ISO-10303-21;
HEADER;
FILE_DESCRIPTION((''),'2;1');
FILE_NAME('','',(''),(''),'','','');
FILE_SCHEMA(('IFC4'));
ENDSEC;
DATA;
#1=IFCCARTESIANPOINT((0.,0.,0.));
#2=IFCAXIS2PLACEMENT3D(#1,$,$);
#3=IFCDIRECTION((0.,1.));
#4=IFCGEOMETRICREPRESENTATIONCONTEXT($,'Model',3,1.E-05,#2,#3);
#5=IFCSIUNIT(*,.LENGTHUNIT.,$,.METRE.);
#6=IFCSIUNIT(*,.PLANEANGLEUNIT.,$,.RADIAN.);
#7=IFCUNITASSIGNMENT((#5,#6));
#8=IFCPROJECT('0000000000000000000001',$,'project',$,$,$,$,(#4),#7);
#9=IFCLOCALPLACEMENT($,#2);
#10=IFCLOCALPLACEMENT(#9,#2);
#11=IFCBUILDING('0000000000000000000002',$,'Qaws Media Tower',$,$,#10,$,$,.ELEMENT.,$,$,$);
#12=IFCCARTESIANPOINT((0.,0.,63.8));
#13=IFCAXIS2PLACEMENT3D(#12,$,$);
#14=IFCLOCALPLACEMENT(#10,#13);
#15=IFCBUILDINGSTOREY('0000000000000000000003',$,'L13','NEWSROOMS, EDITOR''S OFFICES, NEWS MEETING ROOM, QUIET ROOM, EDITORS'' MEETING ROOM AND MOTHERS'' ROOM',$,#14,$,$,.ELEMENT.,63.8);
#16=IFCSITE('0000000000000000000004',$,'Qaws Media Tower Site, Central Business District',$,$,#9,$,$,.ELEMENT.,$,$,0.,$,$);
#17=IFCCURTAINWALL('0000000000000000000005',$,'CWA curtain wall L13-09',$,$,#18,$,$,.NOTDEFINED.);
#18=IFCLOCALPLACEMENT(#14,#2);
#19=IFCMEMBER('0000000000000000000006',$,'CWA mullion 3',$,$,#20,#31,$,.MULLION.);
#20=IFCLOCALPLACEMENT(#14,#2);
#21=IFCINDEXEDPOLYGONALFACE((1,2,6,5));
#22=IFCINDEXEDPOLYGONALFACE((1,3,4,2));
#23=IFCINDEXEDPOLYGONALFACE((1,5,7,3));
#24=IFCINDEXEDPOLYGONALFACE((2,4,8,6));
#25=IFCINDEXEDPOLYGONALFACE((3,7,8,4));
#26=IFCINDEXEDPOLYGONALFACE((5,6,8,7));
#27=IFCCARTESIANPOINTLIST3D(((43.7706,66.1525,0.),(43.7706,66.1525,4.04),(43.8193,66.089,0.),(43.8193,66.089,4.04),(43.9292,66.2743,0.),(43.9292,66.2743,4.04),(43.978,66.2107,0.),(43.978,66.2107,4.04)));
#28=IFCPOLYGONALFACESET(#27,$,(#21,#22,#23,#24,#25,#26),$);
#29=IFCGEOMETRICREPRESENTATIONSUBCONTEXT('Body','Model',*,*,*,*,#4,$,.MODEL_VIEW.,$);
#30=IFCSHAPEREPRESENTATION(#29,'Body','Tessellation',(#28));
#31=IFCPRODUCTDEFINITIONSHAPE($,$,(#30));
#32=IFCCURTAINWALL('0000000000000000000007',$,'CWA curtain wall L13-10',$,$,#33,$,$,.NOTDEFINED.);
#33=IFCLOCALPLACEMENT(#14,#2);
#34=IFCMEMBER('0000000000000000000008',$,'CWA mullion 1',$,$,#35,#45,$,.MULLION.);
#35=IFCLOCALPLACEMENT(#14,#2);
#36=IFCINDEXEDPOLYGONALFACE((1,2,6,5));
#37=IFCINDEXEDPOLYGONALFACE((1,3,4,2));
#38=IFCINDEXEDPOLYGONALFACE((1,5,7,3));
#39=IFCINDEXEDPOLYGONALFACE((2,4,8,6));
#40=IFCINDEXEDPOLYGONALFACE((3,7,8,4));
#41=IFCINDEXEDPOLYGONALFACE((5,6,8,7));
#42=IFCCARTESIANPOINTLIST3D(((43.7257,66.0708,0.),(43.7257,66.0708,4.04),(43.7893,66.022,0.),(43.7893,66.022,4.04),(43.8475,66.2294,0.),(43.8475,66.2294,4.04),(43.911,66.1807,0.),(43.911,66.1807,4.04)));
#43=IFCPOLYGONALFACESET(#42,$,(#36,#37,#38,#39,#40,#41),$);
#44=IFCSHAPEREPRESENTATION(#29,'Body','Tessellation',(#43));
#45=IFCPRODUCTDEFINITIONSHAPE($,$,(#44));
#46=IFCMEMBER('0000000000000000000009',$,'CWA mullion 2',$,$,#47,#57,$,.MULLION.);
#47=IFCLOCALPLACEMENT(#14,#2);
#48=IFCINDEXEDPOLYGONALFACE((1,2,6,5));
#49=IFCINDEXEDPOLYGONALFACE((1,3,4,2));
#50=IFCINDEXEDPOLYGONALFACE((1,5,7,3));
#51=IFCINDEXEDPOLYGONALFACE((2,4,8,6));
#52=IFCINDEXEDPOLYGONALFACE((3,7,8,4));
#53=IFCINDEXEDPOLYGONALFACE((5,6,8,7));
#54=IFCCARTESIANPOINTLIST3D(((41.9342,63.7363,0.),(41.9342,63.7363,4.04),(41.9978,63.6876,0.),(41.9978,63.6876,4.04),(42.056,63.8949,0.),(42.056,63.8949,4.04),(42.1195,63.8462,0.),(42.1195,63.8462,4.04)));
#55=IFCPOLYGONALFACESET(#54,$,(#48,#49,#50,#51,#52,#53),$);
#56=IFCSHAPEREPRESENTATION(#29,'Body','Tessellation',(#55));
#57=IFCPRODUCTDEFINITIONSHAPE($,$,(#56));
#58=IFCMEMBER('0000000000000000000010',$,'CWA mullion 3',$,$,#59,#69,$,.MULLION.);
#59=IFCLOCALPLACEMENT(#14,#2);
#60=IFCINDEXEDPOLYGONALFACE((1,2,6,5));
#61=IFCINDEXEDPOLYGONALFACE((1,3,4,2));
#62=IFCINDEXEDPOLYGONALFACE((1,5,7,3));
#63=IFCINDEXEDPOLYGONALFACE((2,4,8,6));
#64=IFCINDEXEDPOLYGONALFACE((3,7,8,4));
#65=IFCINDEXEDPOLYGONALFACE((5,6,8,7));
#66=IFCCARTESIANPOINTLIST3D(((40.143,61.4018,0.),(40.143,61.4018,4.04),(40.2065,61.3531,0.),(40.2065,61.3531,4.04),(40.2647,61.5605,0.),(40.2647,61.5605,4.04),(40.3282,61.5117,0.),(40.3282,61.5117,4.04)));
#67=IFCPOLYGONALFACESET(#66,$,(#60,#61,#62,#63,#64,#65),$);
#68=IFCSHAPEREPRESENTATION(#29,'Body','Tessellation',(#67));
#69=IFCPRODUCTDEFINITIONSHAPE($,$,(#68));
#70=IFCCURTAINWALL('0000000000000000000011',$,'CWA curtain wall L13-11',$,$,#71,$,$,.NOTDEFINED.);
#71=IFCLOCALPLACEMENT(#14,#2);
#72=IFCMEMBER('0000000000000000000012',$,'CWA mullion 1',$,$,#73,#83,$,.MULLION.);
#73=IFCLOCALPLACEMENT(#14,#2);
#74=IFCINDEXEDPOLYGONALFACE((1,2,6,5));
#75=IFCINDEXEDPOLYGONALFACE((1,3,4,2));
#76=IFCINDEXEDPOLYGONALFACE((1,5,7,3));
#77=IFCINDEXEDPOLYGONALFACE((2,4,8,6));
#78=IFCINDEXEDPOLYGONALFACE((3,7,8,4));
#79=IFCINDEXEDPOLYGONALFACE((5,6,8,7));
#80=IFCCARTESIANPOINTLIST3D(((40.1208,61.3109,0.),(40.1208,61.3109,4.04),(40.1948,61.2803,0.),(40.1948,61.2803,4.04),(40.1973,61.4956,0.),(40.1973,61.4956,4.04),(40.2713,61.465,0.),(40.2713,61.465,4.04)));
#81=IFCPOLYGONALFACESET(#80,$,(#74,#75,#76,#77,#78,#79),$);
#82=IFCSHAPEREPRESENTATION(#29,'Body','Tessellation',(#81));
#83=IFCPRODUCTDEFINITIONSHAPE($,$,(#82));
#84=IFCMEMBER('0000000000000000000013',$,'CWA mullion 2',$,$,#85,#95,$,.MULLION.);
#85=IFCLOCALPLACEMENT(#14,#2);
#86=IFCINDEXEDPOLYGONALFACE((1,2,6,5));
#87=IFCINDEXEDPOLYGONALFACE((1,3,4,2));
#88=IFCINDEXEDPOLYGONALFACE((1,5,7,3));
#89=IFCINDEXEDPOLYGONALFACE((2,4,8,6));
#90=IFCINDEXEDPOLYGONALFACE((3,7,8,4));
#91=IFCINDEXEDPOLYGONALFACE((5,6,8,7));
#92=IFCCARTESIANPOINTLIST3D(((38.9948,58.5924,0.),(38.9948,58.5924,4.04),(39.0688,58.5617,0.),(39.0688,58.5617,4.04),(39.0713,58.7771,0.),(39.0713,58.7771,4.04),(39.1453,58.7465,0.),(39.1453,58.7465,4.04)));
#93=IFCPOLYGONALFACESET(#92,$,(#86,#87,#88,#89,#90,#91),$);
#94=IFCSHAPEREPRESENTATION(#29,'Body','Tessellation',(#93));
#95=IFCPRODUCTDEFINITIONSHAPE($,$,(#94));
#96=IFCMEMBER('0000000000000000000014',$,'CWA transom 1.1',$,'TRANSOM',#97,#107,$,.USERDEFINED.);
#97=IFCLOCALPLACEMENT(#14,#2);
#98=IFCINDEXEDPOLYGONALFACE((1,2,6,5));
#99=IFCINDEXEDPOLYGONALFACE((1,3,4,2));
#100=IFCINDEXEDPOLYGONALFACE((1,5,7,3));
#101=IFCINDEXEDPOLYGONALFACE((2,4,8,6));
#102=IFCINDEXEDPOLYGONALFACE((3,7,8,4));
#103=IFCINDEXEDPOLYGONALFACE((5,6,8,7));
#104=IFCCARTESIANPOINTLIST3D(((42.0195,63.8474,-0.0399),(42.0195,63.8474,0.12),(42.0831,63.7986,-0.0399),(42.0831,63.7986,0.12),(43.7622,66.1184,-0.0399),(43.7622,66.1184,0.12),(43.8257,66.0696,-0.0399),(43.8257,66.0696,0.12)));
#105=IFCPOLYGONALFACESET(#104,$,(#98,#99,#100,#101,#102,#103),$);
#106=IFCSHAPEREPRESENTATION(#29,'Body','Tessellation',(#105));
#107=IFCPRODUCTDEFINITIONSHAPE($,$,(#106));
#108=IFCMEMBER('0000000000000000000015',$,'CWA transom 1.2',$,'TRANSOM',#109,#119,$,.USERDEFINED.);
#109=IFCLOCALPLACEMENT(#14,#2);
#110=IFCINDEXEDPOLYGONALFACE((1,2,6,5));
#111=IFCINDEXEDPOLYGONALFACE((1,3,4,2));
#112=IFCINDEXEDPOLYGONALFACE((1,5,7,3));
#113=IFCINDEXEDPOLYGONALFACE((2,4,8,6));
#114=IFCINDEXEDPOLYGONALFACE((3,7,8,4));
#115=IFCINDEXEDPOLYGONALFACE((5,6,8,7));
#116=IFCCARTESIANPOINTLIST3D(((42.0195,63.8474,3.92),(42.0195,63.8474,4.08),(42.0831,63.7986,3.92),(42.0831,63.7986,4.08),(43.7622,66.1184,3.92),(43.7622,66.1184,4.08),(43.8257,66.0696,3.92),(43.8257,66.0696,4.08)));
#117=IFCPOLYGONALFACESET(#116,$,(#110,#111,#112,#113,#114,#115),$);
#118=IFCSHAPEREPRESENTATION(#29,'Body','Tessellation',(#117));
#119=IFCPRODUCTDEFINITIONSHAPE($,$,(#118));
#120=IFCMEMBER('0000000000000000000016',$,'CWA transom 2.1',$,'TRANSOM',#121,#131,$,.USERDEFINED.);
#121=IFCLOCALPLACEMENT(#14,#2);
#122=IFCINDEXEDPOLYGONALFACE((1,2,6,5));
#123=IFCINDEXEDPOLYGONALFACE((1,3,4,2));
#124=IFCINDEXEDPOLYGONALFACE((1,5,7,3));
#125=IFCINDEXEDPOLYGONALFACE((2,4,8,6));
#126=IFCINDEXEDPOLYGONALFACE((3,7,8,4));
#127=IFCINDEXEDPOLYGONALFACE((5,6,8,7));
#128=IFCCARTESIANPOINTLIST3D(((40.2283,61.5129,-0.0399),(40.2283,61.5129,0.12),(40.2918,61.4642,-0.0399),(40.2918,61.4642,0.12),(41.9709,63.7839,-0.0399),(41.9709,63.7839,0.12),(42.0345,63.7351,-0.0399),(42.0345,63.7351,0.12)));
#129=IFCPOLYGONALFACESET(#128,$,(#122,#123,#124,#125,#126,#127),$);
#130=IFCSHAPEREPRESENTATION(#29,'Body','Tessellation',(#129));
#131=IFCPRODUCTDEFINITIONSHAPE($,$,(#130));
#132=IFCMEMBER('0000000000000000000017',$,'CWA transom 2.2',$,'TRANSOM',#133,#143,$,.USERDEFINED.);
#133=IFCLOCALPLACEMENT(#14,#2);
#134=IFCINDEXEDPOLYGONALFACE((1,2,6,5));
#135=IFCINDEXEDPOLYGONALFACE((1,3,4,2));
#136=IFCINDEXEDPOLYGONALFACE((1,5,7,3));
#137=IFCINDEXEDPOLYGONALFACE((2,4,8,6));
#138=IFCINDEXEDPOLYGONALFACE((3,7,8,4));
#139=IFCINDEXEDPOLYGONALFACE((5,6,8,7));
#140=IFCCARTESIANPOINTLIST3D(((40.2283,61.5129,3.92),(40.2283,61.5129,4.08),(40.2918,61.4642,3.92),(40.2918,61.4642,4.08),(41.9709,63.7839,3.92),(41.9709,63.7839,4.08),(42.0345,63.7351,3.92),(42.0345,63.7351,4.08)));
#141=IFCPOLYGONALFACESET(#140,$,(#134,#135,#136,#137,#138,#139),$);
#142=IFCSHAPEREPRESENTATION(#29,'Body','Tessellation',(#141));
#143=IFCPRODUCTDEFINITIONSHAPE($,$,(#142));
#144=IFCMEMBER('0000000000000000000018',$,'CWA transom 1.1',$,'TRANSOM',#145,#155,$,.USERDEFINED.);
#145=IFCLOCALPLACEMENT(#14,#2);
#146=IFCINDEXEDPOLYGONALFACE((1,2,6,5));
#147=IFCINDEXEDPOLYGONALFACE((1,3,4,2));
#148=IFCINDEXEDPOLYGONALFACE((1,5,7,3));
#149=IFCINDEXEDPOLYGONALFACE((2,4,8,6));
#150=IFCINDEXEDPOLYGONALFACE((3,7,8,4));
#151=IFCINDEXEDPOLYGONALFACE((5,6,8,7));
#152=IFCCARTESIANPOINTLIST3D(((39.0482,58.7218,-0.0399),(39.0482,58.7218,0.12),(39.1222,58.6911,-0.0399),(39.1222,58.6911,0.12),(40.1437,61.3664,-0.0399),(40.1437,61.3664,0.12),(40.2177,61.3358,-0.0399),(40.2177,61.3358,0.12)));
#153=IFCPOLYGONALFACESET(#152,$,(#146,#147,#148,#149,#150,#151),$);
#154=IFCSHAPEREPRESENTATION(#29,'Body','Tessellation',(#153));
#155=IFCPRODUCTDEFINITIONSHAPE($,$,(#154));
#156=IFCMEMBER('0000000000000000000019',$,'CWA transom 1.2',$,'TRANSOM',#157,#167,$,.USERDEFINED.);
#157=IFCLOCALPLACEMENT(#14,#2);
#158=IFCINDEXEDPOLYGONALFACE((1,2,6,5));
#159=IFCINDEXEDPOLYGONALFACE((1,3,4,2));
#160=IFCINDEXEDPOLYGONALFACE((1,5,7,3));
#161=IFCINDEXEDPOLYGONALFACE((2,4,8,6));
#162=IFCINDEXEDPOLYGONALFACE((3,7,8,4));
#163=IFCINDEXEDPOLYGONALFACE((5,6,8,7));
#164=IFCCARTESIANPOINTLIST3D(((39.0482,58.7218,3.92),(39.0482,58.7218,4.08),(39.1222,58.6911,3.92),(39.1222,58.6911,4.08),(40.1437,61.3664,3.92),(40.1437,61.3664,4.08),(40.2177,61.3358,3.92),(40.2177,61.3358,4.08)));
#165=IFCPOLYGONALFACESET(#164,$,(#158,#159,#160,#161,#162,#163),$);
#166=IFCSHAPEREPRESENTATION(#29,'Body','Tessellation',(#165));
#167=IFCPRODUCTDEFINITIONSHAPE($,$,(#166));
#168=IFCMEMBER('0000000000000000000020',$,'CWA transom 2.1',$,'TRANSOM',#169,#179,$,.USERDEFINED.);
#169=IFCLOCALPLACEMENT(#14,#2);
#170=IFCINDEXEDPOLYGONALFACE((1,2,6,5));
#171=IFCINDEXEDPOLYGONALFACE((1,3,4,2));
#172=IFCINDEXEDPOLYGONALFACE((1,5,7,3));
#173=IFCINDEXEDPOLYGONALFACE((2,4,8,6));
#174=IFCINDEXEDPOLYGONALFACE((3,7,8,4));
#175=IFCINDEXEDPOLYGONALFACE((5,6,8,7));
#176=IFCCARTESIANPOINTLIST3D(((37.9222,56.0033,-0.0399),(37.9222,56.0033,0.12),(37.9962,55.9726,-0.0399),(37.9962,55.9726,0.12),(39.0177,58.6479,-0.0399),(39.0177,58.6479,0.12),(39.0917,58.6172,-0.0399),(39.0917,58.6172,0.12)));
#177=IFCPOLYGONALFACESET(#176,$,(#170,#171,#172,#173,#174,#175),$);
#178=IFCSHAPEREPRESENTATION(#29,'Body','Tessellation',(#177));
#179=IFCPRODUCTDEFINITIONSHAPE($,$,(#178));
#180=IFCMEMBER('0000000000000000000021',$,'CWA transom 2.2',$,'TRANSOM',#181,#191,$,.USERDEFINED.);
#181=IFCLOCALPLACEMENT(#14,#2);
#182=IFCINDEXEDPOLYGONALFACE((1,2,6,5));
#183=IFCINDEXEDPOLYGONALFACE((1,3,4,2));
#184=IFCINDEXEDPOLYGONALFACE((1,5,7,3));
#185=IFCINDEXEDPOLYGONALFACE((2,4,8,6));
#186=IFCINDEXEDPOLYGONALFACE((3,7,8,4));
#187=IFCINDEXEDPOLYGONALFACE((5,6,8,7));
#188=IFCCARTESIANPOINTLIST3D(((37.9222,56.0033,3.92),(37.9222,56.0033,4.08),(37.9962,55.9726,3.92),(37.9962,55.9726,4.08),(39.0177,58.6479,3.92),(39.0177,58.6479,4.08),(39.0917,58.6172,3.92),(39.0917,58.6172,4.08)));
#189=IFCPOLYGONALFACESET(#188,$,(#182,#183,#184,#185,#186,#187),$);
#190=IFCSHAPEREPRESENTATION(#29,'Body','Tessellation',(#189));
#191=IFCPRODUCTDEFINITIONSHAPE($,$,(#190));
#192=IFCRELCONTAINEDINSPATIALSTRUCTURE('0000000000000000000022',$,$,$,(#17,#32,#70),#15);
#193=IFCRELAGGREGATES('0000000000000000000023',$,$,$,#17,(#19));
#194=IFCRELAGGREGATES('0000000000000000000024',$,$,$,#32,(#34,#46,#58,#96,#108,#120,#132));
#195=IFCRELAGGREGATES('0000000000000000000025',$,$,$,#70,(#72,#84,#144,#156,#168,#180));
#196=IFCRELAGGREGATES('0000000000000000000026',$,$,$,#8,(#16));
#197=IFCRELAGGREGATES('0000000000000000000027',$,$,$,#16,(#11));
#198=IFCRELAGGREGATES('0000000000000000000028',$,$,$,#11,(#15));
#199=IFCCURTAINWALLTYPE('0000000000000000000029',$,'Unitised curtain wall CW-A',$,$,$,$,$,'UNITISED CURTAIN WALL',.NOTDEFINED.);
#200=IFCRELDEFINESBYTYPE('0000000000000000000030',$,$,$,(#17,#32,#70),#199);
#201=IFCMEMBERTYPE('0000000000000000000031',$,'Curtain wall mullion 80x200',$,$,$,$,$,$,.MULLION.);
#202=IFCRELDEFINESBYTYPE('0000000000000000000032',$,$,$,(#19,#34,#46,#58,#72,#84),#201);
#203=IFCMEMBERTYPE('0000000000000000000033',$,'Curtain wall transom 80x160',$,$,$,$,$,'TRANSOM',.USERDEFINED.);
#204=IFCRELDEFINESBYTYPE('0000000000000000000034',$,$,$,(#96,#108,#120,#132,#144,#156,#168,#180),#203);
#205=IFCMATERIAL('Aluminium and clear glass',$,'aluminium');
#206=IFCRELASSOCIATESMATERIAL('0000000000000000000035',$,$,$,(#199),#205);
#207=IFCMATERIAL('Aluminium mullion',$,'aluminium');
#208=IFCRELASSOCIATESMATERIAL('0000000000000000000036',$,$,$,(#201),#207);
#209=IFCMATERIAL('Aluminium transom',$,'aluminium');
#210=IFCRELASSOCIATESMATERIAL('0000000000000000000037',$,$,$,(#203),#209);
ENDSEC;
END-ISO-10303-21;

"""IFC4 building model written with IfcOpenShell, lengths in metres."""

from ifc_helpers import new_model, si_unit, direction, frame, origin, origin_2d, place, context, subcontext, project, spatial, rectangle, extrude, material, material_profile, profile_set, type_object, element, aggregate, save


model = new_model("IFC4")

# Units and contexts
model_context = context("Model", 3, precision=1e-05, world=origin(), true_north=direction((0.0, 1.0)))
body_context = subcontext(model_context, "Body", "Model", "MODEL_VIEW")
ifc_project = project(units=[si_unit("LENGTHUNIT", "METRE"), si_unit("PLANEANGLEUNIT", "RADIAN")], contexts=[model_context])

# Site, building, storey
site_placement = place(None, origin())
site = spatial("IfcSite", under=ifc_project, at=site_placement, Name="Qaws Media Tower Site, Central Business District", CompositionType="ELEMENT", RefElevation=0.0)
building_placement = place(site_placement, origin())
building = spatial("IfcBuilding", under=site, at=building_placement, Name="Qaws Media Tower", CompositionType="ELEMENT")
storey_placement = place(building_placement, frame((0.0, 0.0, 63.8)))
storey = spatial("IfcBuildingStorey", under=building, at=storey_placement, Name="L13", Description="NEWSROOMS, EDITOR'S OFFICES, NEWS MEETING ROOM, QUIET ROOM, EDITORS' MEETING ROOM AND MOTHERS' ROOM", CompositionType="ELEMENT", Elevation=63.8)

# Curtain wall, member
ifc_material_1 = material(Name="Aluminium and clear glass", Category="aluminium")
curtain_wall_type = type_object("IfcCurtainWallType", Name="Unitised curtain wall CW-A", ElementType="UNITISED CURTAIN WALL", PredefinedType="NOTDEFINED", material=ifc_material_1)
curtain_wall_1_placement = place(storey_placement, origin())
curtain_wall_1 = element("IfcCurtainWall", 1, at=curtain_wall_1_placement, inside=storey, type_object=curtain_wall_type, Name="CWA curtain wall L13-09", PredefinedType="NOTDEFINED")
ifc_material_2 = material(Name="Aluminium mullion", Category="aluminium")
ifc_material_profile_1 = material_profile(ifc_material_2, rectangle(XDim=0.0801, YDim=0.2, at=origin_2d()), Name="80x200")
ifc_profile_set_1 = profile_set([ifc_material_profile_1], Name="Aluminium mullion")
member_type_1 = type_object("IfcMemberType", Name="Curtain wall mullion 80x200", PredefinedType="MULLION", material=ifc_profile_set_1)
member_1_placement = place(storey_placement, frame((43.8743, 66.1816, 0.0), z_axis=(0.0, 0.0, 1.0), x_axis=(0.608761, -0.793353, 0.0)))
member_1 = element("IfcMember", 2, at=member_1_placement, type_object=member_type_1, Name="CWA mullion 3", PredefinedType="MULLION", context=body_context, shape_type="SweptSolid", body=[
    extrude(rectangle(XDim=0.0801, YDim=0.2, at=origin_2d()), origin(), (0.0, 0.0, 1.0), 4.04),
])

# Curtain walls, members
curtain_wall_2_placement = place(storey_placement, origin())
curtain_wall_2 = element("IfcCurtainWall", 3, at=curtain_wall_2_placement, inside=storey, type_object=curtain_wall_type, Name="CWA curtain wall L13-10", PredefinedType="NOTDEFINED")
member_2_placement = place(storey_placement, frame((43.8184, 66.1257, 0.0), z_axis=(0.0, 0.0, 1.0), x_axis=(0.793353, -0.608761, 0.0)))
member_2 = element("IfcMember", 4, at=member_2_placement, type_object=member_type_1, Name="CWA mullion 1", PredefinedType="MULLION", context=body_context, shape_type="SweptSolid", body=[
    extrude(rectangle(XDim=0.0801, YDim=0.2, at=origin_2d()), origin(), (0.0, 0.0, 1.0), 4.04),
])
member_3_placement = place(storey_placement, frame((42.0269, 63.7913, 0.0), z_axis=(0.0, 0.0, 1.0), x_axis=(0.793353, -0.608761, 0.0)))
member_3 = element("IfcMember", 5, at=member_3_placement, type_object=member_type_1, Name="CWA mullion 2", PredefinedType="MULLION", context=body_context, shape_type="SweptSolid", body=[
    extrude(rectangle(XDim=0.0801, YDim=0.2, at=origin_2d()), origin(), (0.0, 0.0, 1.0), 4.04),
])
member_4_placement = place(storey_placement, frame((40.2356, 61.4568, 0.0), z_axis=(0.0, 0.0, 1.0), x_axis=(0.793353, -0.608761, 0.0)))
member_4 = element("IfcMember", 6, at=member_4_placement, type_object=member_type_1, Name="CWA mullion 3", PredefinedType="MULLION", context=body_context, shape_type="SweptSolid", body=[
    extrude(rectangle(XDim=0.0801, YDim=0.2, at=origin_2d()), origin(), (0.0, 0.0, 1.0), 4.04),
])
curtain_wall_3_placement = place(storey_placement, origin())
curtain_wall_3 = element("IfcCurtainWall", 7, at=curtain_wall_3_placement, inside=storey, type_object=curtain_wall_type, Name="CWA curtain wall L13-11", PredefinedType="NOTDEFINED")
member_5_placement = place(storey_placement, frame((40.196, 61.3879, 0.0), z_axis=(0.0, 0.0, 1.0), x_axis=(0.92388, -0.382683, 0.0)))
member_5 = element("IfcMember", 8, at=member_5_placement, type_object=member_type_1, Name="CWA mullion 1", PredefinedType="MULLION", context=body_context, shape_type="SweptSolid", body=[
    extrude(rectangle(XDim=0.0801, YDim=0.2, at=origin_2d()), origin(), (0.0, 0.0, 1.0), 4.04),
])
member_6_placement = place(storey_placement, frame((39.0701, 58.6694, 0.0), z_axis=(0.0, 0.0, 1.0), x_axis=(0.92388, -0.382683, 0.0)))
member_6 = element("IfcMember", 9, at=member_6_placement, type_object=member_type_1, Name="CWA mullion 2", PredefinedType="MULLION", context=body_context, shape_type="SweptSolid", body=[
    extrude(rectangle(XDim=0.0801, YDim=0.2, at=origin_2d()), origin(), (0.0, 0.0, 1.0), 4.04),
])

# Members
ifc_material_3 = material(Name="Aluminium transom", Category="aluminium")
ifc_material_profile_2 = material_profile(ifc_material_3, rectangle(XDim=0.0801, YDim=0.1599, at=origin_2d()), Name="80x160")
ifc_profile_set_2 = profile_set([ifc_material_profile_2], Name="Aluminium transom")
member_type_2 = type_object("IfcMemberType", Name="Curtain wall transom 80x160", ElementType="TRANSOM", PredefinedType="USERDEFINED", material=ifc_profile_set_2)
member_7_placement = place(storey_placement, frame((43.7939, 66.094, 0.04), z_axis=(-0.608779, -0.79334, 0.0), x_axis=(0.79334, -0.608779, 0.0)))
member_7 = element("IfcMember", 10, at=member_7_placement, type_object=member_type_2, Name="CWA transom 1.1", ObjectType="TRANSOM", PredefinedType="USERDEFINED", context=body_context, shape_type="SweptSolid", body=[
    extrude(rectangle(XDim=0.0801, YDim=0.1599, at=origin_2d()), origin(), (0.0, 0.0, 1.0), 2.8625),
])
member_8_placement = place(storey_placement, frame((43.7939, 66.094, 4.0), z_axis=(-0.608779, -0.79334, 0.0), x_axis=(0.79334, -0.608779, 0.0)))
member_8 = element("IfcMember", 11, at=member_8_placement, type_object=member_type_2, Name="CWA transom 1.2", ObjectType="TRANSOM", PredefinedType="USERDEFINED", context=body_context, shape_type="SweptSolid", body=[
    extrude(rectangle(XDim=0.0801, YDim=0.1599, at=origin_2d()), origin(), (0.0, 0.0, 1.0), 2.8625),
])
member_9_placement = place(storey_placement, frame((42.0027, 63.7595, 0.04), z_axis=(-0.608779, -0.79334, 0.0), x_axis=(0.79334, -0.608779, 0.0)))
member_9 = element("IfcMember", 12, at=member_9_placement, type_object=member_type_2, Name="CWA transom 2.1", ObjectType="TRANSOM", PredefinedType="USERDEFINED", context=body_context, shape_type="SweptSolid", body=[
    extrude(rectangle(XDim=0.0801, YDim=0.1599, at=origin_2d()), origin(), (0.0, 0.0, 1.0), 2.8625),
])
member_10_placement = place(storey_placement, frame((42.0027, 63.7595, 4.0), z_axis=(-0.608779, -0.79334, 0.0), x_axis=(0.79334, -0.608779, 0.0)))
member_10 = element("IfcMember", 13, at=member_10_placement, type_object=member_type_2, Name="CWA transom 2.2", ObjectType="TRANSOM", PredefinedType="USERDEFINED", context=body_context, shape_type="SweptSolid", body=[
    extrude(rectangle(XDim=0.0801, YDim=0.1599, at=origin_2d()), origin(), (0.0, 0.0, 1.0), 2.8625),
])
member_11_placement = place(storey_placement, frame((40.1807, 61.3511, 0.04), z_axis=(-0.382701, -0.923872, 0.0), x_axis=(0.923872, -0.382701, 0.0)))
member_11 = element("IfcMember", 14, at=member_11_placement, type_object=member_type_2, Name="CWA transom 1.1", ObjectType="TRANSOM", PredefinedType="USERDEFINED", context=body_context, shape_type="SweptSolid", body=[
    extrude(rectangle(XDim=0.0801, YDim=0.1599, at=origin_2d()), origin(), (0.0, 0.0, 1.0), 2.8625),
])
member_12_placement = place(storey_placement, frame((40.1807, 61.3511, 4.0), z_axis=(-0.382701, -0.923872, 0.0), x_axis=(0.923872, -0.382701, 0.0)))
member_12 = element("IfcMember", 15, at=member_12_placement, type_object=member_type_2, Name="CWA transom 1.2", ObjectType="TRANSOM", PredefinedType="USERDEFINED", context=body_context, shape_type="SweptSolid", body=[
    extrude(rectangle(XDim=0.0801, YDim=0.1599, at=origin_2d()), origin(), (0.0, 0.0, 1.0), 2.8625),
])
member_13_placement = place(storey_placement, frame((39.0547, 58.6326, 0.04), z_axis=(-0.382701, -0.923872, 0.0), x_axis=(0.923872, -0.382701, 0.0)))
member_13 = element("IfcMember", 16, at=member_13_placement, type_object=member_type_2, Name="CWA transom 2.1", ObjectType="TRANSOM", PredefinedType="USERDEFINED", context=body_context, shape_type="SweptSolid", body=[
    extrude(rectangle(XDim=0.0801, YDim=0.1599, at=origin_2d()), origin(), (0.0, 0.0, 1.0), 2.8625),
])
member_14_placement = place(storey_placement, frame((39.0547, 58.6326, 4.0), z_axis=(-0.382701, -0.923872, 0.0), x_axis=(0.923872, -0.382701, 0.0)))
member_14 = element("IfcMember", 17, at=member_14_placement, type_object=member_type_2, Name="CWA transom 2.2", ObjectType="TRANSOM", PredefinedType="USERDEFINED", context=body_context, shape_type="SweptSolid", body=[
    extrude(rectangle(XDim=0.0801, YDim=0.1599, at=origin_2d()), origin(), (0.0, 0.0, 1.0), 2.8625),
])

aggregate(curtain_wall_1, [member_1])
aggregate(curtain_wall_2, [member_2, member_3, member_4, member_7, member_8, member_9, member_10])
aggregate(curtain_wall_3, [member_5, member_6, member_11, member_12, member_13, member_14])

save(model, "model.ifc")
